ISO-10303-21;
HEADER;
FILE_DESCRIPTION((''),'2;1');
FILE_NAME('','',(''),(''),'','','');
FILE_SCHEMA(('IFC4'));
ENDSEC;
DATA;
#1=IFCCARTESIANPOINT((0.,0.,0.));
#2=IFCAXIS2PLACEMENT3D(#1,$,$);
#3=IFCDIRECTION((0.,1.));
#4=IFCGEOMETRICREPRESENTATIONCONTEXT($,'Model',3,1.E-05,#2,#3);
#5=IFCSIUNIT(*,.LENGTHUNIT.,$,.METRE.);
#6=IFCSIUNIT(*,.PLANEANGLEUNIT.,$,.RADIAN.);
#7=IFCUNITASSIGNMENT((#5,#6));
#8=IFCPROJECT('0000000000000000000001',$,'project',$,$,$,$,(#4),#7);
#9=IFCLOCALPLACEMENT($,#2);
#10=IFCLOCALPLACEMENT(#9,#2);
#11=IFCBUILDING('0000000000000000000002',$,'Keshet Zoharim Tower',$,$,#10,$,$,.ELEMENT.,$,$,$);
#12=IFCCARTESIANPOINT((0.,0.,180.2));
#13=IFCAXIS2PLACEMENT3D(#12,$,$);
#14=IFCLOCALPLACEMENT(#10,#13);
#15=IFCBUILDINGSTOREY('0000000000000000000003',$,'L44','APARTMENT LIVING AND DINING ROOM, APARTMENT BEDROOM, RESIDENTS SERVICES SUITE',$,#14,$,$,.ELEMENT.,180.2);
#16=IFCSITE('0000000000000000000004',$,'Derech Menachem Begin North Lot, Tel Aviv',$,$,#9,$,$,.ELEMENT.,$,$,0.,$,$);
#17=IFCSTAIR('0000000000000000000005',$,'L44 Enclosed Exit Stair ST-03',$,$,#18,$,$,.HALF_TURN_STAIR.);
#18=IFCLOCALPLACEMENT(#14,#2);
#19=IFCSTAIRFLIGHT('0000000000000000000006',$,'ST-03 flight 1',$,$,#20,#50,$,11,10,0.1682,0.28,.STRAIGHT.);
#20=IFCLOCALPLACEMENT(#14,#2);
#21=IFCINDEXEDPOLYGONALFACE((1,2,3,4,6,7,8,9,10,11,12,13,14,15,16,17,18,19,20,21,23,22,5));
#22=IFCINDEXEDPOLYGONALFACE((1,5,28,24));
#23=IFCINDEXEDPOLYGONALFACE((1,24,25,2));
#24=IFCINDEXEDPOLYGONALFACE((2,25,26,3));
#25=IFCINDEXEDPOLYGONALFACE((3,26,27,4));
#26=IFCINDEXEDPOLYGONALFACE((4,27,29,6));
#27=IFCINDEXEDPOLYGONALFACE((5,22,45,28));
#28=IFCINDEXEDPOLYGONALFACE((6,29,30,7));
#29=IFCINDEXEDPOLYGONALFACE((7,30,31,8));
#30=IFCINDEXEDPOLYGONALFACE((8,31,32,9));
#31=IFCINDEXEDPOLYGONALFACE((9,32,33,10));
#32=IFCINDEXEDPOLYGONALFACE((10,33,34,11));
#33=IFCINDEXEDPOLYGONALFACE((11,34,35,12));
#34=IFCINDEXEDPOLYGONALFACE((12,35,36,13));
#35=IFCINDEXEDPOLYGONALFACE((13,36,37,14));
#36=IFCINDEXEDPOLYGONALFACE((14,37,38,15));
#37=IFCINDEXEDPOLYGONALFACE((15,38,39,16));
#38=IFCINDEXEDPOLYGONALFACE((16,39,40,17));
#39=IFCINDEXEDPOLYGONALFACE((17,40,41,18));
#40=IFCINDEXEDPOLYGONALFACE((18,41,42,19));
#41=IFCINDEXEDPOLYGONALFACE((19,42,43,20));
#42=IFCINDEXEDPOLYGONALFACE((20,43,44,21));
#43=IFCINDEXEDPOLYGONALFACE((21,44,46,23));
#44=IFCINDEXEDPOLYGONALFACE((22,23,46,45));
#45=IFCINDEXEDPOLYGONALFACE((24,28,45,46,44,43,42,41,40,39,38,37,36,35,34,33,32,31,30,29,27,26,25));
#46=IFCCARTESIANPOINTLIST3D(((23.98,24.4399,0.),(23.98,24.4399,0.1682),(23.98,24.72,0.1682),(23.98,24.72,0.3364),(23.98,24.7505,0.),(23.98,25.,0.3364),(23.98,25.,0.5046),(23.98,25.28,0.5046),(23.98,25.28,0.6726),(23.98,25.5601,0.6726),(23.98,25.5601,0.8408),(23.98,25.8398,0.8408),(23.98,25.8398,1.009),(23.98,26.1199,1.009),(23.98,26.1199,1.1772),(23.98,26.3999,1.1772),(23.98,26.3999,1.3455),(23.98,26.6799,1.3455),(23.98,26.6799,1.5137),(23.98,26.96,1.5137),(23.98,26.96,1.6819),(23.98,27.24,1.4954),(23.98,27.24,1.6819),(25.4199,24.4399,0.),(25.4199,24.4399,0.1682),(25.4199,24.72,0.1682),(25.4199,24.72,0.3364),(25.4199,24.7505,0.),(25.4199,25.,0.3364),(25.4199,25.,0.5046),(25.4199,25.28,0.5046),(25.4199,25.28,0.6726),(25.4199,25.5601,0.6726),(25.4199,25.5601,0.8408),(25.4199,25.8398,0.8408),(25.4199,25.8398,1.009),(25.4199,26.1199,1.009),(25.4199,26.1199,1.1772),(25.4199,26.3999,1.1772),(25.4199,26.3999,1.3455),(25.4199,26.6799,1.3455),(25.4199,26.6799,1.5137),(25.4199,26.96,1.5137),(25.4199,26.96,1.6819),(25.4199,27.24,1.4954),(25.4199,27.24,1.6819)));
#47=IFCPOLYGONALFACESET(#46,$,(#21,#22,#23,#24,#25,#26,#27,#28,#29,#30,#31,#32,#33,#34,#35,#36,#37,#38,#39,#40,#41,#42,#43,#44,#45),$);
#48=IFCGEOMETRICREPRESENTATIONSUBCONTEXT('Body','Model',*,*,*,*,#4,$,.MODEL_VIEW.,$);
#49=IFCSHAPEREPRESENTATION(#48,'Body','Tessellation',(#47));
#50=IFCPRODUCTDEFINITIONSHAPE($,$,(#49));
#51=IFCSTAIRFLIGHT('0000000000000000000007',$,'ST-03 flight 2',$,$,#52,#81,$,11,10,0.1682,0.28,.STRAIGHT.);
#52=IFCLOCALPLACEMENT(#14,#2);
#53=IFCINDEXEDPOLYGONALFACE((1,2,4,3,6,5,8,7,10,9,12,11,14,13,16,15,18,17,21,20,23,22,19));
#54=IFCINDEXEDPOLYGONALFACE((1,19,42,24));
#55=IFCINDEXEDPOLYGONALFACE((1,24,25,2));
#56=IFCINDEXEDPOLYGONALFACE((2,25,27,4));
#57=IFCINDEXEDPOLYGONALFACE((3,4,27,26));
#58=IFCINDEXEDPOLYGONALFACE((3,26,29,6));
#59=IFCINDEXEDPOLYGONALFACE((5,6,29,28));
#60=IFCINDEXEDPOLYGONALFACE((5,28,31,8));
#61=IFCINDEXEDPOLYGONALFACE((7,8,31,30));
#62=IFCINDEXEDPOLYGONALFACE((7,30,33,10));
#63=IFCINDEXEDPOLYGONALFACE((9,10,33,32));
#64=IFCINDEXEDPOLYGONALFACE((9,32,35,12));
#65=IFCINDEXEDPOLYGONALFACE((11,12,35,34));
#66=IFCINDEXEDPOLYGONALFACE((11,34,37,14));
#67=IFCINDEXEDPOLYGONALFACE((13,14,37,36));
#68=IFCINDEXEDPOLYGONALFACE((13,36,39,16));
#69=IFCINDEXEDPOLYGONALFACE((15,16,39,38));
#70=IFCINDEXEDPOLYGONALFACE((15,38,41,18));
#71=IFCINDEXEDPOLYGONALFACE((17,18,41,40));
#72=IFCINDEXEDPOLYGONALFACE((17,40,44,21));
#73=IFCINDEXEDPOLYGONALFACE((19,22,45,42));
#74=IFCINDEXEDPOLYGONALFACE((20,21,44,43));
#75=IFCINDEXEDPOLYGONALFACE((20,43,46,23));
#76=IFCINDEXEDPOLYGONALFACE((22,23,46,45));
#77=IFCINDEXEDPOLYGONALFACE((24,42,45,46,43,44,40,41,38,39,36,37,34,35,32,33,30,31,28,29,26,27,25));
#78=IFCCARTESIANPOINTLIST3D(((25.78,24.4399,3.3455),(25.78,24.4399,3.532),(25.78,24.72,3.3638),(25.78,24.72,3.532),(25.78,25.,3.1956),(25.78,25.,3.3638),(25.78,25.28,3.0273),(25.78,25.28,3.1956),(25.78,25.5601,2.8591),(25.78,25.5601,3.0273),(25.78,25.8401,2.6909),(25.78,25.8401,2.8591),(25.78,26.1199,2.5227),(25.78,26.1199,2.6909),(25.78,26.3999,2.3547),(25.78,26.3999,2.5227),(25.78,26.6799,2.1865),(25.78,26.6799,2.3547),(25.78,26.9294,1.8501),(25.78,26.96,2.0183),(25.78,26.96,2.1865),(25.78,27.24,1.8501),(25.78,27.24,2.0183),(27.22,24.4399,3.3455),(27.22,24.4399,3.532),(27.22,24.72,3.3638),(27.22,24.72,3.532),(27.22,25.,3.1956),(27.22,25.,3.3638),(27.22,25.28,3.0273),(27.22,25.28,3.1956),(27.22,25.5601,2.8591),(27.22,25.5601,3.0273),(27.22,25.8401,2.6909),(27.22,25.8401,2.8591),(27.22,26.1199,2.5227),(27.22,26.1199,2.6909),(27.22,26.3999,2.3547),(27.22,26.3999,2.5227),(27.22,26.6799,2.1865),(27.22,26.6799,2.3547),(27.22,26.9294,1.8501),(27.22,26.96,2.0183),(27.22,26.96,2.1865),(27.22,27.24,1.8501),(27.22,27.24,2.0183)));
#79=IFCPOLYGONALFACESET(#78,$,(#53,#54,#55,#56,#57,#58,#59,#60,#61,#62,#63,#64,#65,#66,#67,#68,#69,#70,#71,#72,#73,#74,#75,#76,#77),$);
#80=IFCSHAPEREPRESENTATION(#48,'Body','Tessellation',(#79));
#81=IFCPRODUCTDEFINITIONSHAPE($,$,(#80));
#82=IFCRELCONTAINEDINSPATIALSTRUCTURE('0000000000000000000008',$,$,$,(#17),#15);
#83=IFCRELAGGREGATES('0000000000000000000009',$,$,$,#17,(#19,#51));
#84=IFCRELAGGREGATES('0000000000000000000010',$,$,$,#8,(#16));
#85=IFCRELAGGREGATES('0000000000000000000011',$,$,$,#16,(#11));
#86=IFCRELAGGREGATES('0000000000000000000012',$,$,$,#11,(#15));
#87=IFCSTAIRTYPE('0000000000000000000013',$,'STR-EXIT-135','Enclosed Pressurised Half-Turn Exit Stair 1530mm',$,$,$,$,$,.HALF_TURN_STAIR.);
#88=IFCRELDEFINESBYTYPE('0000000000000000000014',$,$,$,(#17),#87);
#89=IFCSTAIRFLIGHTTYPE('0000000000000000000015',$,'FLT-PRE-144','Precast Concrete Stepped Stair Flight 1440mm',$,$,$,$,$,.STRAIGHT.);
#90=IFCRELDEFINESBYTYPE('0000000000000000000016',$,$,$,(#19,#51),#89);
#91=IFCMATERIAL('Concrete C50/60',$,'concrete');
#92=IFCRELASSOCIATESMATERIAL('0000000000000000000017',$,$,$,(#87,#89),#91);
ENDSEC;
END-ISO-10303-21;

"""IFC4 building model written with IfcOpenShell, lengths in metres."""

from ifc_helpers import new_model, si_unit, direction, frame, origin, place, context, subcontext, project, spatial, polyline, outline, extrude, material, type_object, element, aggregate, save


model = new_model("IFC4")

# Units and contexts
model_context = context("Model", 3, precision=1e-05, world=origin(), true_north=direction((0.0, 1.0)))
body_context = subcontext(model_context, "Body", "Model", "MODEL_VIEW")
ifc_project = project(units=[si_unit("LENGTHUNIT", "METRE"), si_unit("PLANEANGLEUNIT", "RADIAN")], contexts=[model_context])

# Site, building, storey
site_placement = place(None, origin())
site = spatial("IfcSite", under=ifc_project, at=site_placement, Name="Derech Menachem Begin North Lot, Tel Aviv", CompositionType="ELEMENT", RefElevation=0.0)
building_placement = place(site_placement, origin())
building = spatial("IfcBuilding", under=site, at=building_placement, Name="Keshet Zoharim Tower", CompositionType="ELEMENT")
storey_placement = place(building_placement, frame((0.0, 0.0, 180.2)))
storey = spatial("IfcBuildingStorey", under=building, at=storey_placement, Name="L44", Description="APARTMENT LIVING AND DINING ROOM, APARTMENT BEDROOM, RESIDENTS SERVICES SUITE", CompositionType="ELEMENT", Elevation=180.2)

# Shared definitions
ifc_material_1 = material(Name="Concrete C50/60", Category="concrete")

# Shared definitions
stair_type = type_object("IfcStairType", Name="STR-EXIT-135", Description="Enclosed Pressurised Half-Turn Exit Stair 1530mm", PredefinedType="HALF_TURN_STAIR", material=ifc_material_1)

# Stair, stair flights
stair_1_placement = place(storey_placement, origin())
stair_1 = element("IfcStair", 1, at=stair_1_placement, inside=storey, type_object=stair_type, Name="L44 Enclosed Exit Stair ST-03", PredefinedType="HALF_TURN_STAIR")
stair_flight_type_1 = type_object("IfcStairFlightType", Name="FLT-PRE-144", Description="Precast Concrete Stepped Stair Flight 1440mm", PredefinedType="STRAIGHT", material=ifc_material_1)
stair_flight_1_placement = place(storey_placement, frame((24.7, 24.4399, 0.0), z_axis=(0.0, 0.0, 1.0), x_axis=(0.0, 1.0, 0.0)))
stair_flight_1 = element("IfcStairFlight", 2, at=stair_flight_1_placement, type_object=stair_flight_type_1, Name="ST-03 flight 1", NumberOfRisers=11, NumberOfTreads=10, PredefinedType="STRAIGHT", RiserHeight=0.1682, TreadLength=0.28, context=body_context, shape_type="SweptSolid", body=[
    extrude(outline(polyline([(0.0, 0.0), (0.0, 0.1682), (0.28, 0.1682), (0.28, 0.3364), (0.5601, 0.3364), (0.5601, 0.5046), (0.8401, 0.5046), (0.8401, 0.6726), (1.1201, 0.6726), (1.1201, 0.8408), (1.3999, 0.8408), (1.3999, 1.009), (1.6799, 1.009), (1.6799, 1.1772), (1.96, 1.1772), (1.96, 1.3455), (2.24, 1.3455), (2.24, 1.5137), (2.52, 1.5137), (2.52, 1.6819), (2.8, 1.6819), (2.8, 1.8501), (2.8, 1.4954), (0.3105, 0.0), (0.0, 0.0)])), frame((0.0, 0.72, 0.0), z_axis=(0.0, -1.0, 0.0), x_axis=(1.0, 0.0, 0.0)), (0.0, 0.0, 1.0), 1.4399),
])
stair_flight_2_placement = place(storey_placement, frame((26.5, 27.24, 1.8501), z_axis=(0.0, 0.0, 1.0), x_axis=(0.0, -1.0, 0.0)))
stair_flight_2 = element("IfcStairFlight", 3, at=stair_flight_2_placement, type_object=stair_flight_type_1, Name="ST-03 flight 2", NumberOfRisers=11, NumberOfTreads=10, PredefinedType="STRAIGHT", RiserHeight=0.1682, TreadLength=0.28, context=body_context, shape_type="SweptSolid", body=[
    extrude(outline(polyline([(0.0, 0.0), (0.0, 0.1682), (0.28, 0.1682), (0.28, 0.3364), (0.5601, 0.3364), (0.5601, 0.5046), (0.8401, 0.5046), (0.8401, 0.6726), (1.1201, 0.6726), (1.1201, 0.8408), (1.3999, 0.8408), (1.3999, 1.009), (1.6799, 1.009), (1.6799, 1.1772), (1.96, 1.1772), (1.96, 1.3455), (2.24, 1.3455), (2.24, 1.5137), (2.52, 1.5137), (2.52, 1.6819), (2.8, 1.6819), (2.8, 1.8501), (2.8, 1.4954), (0.3105, 0.0), (0.0, 0.0)])), frame((0.0, 0.72, 0.0), z_axis=(0.0, -1.0, 0.0), x_axis=(1.0, 0.0, 0.0)), (0.0, 0.0, 1.0), 1.4399),
])
aggregate(stair_1, [stair_flight_1, stair_flight_2])

save(model, "model.ifc")
